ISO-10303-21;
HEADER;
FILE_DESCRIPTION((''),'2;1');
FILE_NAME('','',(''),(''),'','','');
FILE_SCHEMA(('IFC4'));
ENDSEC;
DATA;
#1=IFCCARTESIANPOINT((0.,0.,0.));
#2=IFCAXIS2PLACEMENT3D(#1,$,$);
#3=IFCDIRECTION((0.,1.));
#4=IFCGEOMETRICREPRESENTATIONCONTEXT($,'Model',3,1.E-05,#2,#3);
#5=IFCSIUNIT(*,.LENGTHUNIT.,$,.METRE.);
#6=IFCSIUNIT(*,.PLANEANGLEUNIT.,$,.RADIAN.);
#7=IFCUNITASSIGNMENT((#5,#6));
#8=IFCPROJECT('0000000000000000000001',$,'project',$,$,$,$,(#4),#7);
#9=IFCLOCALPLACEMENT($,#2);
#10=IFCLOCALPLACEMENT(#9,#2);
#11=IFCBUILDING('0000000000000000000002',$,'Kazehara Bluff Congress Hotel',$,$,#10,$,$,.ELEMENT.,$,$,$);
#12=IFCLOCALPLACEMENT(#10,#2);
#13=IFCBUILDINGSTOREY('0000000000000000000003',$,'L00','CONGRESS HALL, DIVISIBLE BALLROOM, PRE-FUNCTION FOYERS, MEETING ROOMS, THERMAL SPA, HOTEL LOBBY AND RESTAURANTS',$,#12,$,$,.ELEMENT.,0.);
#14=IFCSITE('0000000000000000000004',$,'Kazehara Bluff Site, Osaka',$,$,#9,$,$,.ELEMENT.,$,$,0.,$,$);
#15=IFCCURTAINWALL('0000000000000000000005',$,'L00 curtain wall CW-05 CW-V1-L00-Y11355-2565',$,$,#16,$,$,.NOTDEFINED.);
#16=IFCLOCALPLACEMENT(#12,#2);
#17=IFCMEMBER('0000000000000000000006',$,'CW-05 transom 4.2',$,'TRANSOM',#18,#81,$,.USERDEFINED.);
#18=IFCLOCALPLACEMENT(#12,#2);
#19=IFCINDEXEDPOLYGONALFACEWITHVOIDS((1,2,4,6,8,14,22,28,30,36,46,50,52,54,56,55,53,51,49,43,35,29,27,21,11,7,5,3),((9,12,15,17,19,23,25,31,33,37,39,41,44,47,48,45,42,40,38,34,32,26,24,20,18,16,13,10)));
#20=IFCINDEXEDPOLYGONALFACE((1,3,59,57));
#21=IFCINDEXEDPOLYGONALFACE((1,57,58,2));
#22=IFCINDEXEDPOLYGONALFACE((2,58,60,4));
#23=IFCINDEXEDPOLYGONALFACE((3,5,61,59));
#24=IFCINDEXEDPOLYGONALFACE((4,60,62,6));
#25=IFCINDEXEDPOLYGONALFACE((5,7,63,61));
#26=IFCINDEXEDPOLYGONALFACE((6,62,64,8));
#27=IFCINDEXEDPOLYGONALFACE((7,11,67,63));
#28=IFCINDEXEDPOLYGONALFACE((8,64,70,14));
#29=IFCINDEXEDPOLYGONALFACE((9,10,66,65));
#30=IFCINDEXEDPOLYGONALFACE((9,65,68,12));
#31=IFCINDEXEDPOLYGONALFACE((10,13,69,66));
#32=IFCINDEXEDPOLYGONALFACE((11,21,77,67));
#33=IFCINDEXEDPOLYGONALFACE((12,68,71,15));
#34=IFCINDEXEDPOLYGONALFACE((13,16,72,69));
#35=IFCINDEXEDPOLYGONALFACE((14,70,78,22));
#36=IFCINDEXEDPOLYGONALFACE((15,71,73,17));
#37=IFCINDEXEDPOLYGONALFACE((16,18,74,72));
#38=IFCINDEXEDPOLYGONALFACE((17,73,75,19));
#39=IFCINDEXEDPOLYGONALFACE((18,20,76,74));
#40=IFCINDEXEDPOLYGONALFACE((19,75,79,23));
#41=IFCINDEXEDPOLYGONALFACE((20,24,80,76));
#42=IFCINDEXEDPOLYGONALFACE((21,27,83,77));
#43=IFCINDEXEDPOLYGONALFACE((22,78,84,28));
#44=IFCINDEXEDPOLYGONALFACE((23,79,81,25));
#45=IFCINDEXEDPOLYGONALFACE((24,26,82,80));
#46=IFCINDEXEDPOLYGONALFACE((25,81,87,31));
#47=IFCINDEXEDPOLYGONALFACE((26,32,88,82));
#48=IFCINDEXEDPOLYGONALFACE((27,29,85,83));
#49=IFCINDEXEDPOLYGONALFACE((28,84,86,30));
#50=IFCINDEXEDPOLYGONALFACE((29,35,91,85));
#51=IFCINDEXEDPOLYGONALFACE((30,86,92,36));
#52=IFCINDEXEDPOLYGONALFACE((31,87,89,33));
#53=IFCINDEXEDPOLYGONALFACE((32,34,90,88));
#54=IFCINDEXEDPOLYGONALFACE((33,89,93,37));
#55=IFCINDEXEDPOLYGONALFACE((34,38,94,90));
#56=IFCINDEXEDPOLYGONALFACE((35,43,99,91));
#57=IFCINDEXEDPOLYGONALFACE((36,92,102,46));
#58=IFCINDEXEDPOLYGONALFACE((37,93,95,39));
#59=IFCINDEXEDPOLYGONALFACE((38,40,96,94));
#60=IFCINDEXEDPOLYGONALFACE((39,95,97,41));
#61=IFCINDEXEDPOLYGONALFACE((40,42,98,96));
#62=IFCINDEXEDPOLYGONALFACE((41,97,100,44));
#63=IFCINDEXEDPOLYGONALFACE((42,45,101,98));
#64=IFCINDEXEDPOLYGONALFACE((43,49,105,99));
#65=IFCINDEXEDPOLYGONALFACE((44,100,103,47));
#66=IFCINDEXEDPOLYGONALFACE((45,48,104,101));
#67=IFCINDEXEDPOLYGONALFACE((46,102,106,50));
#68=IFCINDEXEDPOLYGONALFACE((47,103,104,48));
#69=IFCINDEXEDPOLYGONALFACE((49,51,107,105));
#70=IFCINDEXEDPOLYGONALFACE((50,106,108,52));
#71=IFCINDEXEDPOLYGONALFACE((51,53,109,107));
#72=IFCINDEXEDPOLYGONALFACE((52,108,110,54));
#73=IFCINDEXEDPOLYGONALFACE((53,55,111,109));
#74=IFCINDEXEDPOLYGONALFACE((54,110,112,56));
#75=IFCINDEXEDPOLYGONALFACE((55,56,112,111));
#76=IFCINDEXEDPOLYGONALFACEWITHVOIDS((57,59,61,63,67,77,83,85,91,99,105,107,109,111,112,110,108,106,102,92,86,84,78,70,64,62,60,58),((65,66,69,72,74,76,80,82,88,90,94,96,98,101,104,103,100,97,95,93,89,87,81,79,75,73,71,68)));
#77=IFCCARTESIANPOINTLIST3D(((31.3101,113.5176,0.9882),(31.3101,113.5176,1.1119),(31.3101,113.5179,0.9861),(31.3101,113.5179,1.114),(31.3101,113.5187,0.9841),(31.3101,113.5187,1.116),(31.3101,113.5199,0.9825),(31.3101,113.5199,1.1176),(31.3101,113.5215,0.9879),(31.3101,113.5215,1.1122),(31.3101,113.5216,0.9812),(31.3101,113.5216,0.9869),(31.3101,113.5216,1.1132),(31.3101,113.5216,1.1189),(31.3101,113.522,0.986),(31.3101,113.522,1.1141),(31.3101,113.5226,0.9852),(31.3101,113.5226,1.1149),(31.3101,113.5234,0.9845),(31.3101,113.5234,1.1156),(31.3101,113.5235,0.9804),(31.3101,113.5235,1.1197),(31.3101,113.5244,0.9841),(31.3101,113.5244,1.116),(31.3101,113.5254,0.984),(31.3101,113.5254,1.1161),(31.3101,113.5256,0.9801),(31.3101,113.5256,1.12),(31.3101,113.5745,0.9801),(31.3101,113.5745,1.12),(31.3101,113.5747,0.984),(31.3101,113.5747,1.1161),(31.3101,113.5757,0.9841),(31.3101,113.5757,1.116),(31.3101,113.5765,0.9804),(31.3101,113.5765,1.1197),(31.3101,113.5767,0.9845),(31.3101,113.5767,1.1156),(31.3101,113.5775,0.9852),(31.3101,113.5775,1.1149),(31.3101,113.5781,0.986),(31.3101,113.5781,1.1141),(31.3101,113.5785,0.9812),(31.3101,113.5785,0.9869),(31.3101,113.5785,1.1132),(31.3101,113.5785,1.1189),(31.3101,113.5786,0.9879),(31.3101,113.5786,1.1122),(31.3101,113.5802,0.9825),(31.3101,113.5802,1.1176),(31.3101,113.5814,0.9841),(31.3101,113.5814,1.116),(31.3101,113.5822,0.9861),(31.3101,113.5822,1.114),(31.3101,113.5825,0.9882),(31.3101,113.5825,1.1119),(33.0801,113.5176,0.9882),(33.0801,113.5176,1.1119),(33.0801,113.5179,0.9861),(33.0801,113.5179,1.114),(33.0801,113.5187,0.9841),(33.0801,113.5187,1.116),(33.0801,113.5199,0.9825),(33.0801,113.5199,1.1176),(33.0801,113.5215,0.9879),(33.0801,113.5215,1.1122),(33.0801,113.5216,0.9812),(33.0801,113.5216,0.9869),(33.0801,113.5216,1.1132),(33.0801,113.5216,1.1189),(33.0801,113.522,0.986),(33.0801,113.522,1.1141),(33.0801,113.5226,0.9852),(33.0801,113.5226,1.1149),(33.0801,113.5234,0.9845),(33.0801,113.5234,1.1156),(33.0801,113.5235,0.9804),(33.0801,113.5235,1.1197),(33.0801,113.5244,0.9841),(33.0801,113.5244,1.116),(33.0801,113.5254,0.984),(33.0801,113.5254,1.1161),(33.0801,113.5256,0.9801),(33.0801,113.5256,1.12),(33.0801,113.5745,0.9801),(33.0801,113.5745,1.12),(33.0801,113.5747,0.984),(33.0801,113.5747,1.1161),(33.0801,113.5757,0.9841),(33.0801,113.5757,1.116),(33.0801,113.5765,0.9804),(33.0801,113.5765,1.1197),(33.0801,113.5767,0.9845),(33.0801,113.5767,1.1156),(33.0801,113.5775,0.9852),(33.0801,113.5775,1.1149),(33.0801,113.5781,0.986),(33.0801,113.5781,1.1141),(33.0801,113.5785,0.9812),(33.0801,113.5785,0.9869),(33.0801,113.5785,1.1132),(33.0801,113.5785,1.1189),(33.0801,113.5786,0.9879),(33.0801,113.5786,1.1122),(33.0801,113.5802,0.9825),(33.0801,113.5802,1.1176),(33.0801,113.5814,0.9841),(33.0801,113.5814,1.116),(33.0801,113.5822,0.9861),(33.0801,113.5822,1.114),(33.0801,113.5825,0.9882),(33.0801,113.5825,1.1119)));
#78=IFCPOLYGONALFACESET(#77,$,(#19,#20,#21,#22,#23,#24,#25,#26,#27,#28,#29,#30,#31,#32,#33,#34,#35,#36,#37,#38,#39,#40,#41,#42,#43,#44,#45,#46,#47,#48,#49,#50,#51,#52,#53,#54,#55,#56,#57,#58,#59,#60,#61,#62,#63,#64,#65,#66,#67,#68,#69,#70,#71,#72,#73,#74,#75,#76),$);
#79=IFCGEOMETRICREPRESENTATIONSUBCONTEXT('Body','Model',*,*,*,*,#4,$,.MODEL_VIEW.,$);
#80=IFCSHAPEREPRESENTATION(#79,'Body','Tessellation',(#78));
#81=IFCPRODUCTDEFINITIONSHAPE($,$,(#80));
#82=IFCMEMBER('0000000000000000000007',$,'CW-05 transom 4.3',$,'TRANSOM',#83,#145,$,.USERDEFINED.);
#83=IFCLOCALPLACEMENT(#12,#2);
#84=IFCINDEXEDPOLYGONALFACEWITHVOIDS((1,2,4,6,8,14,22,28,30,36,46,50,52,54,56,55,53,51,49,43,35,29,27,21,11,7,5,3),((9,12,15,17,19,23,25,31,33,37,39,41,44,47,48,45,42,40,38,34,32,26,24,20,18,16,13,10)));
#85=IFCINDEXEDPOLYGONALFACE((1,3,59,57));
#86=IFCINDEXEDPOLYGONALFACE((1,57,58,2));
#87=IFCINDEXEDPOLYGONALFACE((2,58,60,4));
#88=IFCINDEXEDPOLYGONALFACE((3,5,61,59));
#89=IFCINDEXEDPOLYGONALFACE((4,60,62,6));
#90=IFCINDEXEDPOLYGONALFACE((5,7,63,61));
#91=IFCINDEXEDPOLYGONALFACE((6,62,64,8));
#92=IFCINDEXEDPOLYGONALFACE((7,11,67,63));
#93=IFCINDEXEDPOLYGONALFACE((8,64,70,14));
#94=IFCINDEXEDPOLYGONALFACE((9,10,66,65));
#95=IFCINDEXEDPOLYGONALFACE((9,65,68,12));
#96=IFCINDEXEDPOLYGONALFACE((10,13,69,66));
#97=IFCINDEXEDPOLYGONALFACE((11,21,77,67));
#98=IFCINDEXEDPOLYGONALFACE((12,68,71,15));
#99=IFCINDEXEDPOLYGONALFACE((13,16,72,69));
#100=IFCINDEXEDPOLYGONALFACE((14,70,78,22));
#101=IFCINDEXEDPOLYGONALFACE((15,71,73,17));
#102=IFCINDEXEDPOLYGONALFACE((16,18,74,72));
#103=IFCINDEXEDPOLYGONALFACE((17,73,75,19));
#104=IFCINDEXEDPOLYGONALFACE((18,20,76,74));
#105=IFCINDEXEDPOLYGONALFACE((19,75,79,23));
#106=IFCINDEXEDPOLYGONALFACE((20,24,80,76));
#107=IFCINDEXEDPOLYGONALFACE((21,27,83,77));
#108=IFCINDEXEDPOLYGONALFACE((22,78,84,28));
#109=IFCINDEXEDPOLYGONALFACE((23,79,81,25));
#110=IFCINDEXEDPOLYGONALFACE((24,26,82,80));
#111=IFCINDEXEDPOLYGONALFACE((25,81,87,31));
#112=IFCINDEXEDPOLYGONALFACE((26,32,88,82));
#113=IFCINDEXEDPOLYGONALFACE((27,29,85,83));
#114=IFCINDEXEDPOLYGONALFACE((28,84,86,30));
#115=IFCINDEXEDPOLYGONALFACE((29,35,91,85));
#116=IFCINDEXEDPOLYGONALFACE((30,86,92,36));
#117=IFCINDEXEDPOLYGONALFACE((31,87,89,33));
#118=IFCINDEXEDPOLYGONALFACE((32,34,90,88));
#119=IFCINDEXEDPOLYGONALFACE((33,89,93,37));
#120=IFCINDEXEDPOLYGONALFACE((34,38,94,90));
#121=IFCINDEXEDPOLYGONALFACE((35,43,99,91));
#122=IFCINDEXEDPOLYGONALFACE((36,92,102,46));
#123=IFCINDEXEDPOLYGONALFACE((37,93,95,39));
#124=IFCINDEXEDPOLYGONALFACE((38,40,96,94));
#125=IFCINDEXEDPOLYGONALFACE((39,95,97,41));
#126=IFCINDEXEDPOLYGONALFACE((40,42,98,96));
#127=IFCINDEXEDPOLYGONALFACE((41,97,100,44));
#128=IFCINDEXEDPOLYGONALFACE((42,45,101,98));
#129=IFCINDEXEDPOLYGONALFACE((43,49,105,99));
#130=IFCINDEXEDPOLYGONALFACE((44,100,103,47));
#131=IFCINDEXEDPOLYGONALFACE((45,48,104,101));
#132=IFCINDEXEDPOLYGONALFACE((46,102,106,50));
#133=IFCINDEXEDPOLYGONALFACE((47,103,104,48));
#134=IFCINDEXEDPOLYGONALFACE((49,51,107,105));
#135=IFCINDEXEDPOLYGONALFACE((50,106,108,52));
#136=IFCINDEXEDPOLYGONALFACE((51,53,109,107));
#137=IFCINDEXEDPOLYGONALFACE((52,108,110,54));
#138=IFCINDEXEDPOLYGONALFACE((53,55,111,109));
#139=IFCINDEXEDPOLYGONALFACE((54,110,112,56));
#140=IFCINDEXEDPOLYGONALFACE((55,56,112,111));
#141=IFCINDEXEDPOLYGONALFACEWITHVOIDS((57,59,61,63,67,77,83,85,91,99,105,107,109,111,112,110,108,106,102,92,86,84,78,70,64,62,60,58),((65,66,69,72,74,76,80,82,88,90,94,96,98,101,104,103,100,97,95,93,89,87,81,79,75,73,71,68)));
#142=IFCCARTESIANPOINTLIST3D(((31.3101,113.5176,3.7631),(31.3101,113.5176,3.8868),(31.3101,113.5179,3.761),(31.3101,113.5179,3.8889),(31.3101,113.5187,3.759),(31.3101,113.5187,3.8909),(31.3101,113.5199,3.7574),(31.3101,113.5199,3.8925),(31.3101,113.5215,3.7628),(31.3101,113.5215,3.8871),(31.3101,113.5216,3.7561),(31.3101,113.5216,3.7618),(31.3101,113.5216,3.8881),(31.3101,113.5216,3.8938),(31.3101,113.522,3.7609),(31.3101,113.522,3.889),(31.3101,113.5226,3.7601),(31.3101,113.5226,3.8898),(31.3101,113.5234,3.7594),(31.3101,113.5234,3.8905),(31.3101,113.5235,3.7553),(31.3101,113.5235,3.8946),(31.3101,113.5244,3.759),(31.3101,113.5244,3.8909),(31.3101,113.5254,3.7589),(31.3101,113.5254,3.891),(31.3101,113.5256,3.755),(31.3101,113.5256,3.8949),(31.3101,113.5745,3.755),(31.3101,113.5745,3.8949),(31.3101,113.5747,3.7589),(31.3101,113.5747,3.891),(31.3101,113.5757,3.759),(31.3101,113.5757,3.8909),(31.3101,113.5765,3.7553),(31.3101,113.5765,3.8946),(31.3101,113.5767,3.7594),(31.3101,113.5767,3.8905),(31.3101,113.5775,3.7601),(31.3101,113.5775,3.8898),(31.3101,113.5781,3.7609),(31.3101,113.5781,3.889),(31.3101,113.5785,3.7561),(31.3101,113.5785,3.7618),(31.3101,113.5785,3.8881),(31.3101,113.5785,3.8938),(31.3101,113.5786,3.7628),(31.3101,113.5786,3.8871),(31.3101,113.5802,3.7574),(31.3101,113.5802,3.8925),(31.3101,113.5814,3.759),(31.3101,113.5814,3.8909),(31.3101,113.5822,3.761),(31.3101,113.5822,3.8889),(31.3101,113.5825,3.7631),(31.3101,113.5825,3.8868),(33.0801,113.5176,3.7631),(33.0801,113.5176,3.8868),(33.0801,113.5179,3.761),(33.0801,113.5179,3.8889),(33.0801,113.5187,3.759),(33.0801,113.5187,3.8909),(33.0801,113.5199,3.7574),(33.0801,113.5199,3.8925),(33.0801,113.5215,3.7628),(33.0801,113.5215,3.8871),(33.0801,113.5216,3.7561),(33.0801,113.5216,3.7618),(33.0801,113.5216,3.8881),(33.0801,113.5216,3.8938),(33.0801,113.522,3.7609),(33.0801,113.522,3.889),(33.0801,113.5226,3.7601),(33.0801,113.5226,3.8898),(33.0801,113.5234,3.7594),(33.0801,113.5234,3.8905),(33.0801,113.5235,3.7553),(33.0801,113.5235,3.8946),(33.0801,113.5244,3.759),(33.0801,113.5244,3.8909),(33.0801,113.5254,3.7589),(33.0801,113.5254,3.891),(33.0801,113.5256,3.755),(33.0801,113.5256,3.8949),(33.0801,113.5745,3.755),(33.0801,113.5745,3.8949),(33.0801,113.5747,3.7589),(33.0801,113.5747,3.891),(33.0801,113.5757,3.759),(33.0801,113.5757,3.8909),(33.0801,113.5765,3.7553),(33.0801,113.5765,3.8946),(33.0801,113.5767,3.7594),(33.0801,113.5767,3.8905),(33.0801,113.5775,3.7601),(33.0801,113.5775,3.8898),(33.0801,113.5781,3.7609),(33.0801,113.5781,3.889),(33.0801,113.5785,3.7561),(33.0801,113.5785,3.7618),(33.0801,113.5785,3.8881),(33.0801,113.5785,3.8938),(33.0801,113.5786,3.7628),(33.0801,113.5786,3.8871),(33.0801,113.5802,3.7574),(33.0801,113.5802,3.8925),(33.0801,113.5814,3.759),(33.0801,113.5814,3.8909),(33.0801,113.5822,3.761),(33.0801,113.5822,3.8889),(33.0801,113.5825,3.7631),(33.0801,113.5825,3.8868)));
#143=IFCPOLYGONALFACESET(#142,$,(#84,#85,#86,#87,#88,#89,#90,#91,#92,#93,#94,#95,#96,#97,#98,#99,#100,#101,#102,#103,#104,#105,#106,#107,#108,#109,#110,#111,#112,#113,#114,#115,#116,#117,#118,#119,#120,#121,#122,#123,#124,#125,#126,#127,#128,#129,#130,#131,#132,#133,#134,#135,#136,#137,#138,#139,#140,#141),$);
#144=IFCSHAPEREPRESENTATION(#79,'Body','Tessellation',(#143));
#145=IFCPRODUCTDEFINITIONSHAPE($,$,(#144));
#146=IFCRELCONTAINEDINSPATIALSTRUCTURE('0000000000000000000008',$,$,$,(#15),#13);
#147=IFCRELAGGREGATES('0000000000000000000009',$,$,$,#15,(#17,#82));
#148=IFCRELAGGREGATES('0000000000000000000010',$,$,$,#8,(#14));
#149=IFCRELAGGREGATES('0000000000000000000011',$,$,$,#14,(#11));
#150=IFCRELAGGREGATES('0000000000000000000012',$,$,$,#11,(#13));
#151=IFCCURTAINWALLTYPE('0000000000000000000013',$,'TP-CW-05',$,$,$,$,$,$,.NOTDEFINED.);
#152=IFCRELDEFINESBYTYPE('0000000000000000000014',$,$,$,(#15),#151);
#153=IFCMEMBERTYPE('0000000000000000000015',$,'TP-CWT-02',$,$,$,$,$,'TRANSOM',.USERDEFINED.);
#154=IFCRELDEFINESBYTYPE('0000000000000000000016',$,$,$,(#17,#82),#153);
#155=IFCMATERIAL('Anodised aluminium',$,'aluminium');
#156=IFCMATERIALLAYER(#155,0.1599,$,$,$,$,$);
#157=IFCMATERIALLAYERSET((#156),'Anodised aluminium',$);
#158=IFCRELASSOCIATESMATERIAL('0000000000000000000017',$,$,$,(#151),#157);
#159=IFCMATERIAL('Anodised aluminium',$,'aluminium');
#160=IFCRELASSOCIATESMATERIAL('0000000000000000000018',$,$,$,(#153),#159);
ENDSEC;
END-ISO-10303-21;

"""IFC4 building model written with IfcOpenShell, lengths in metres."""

from ifc_helpers import new_model, si_unit, direction, frame, origin, origin_2d, place, context, subcontext, project, spatial, hollow_rectangle, extrude, material, layer, layer_set, material_profile, profile_set, type_object, element, aggregate, save


model = new_model("IFC4")

# Units and contexts
model_context = context("Model", 3, precision=1e-05, world=origin(), true_north=direction((0.0, 1.0)))
body_context = subcontext(model_context, "Body", "Model", "MODEL_VIEW")
ifc_project = project(units=[si_unit("LENGTHUNIT", "METRE"), si_unit("PLANEANGLEUNIT", "RADIAN")], contexts=[model_context])

# Site, building, storey
site_placement = place(None, origin())
site = spatial("IfcSite", under=ifc_project, at=site_placement, Name="Kazehara Bluff Site, Osaka", CompositionType="ELEMENT", RefElevation=0.0)
building_placement = place(site_placement, origin())
building = spatial("IfcBuilding", under=site, at=building_placement, Name="Kazehara Bluff Congress Hotel", CompositionType="ELEMENT")
storey_placement = place(building_placement, origin())
storey = spatial("IfcBuildingStorey", under=building, at=storey_placement, Name="L00", Description="CONGRESS HALL, DIVISIBLE BALLROOM, PRE-FUNCTION FOYERS, MEETING ROOMS, THERMAL SPA, HOTEL LOBBY AND RESTAURANTS", CompositionType="ELEMENT", Elevation=0.0)

# Curtain wall
ifc_material_1 = material(Name="Anodised aluminium", Category="aluminium")
ifc_layer_1 = layer(ifc_material_1, 0.1599)
ifc_layer_set_1 = layer_set([ifc_layer_1], Name="Anodised aluminium")
curtain_wall_type = type_object("IfcCurtainWallType", Name="TP-CW-05", PredefinedType="NOTDEFINED", material=ifc_layer_set_1)
curtain_wall_1_placement = place(storey_placement, origin())
curtain_wall_1 = element("IfcCurtainWall", 1, at=curtain_wall_1_placement, inside=storey, type_object=curtain_wall_type, Name="L00 curtain wall CW-05 CW-V1-L00-Y11355-2565", PredefinedType="NOTDEFINED")

# Members
ifc_material_2 = material(Name="Anodised aluminium", Category="aluminium")
ifc_material_profile_1 = material_profile(ifc_material_2, hollow_rectangle(XDim=0.0649, YDim=0.1399, WallThickness=0.0039, InnerFilletRadius=0.0039, OuterFilletRadius=0.0081, at=origin_2d()))
ifc_profile_set_1 = profile_set([ifc_material_profile_1], Name="Anodised aluminium")
member_type_1 = type_object("IfcMemberType", Name="TP-CWT-02", ElementType="TRANSOM", PredefinedType="USERDEFINED", material=ifc_profile_set_1)
member_1_placement = place(storey_placement, frame((31.3101, 113.55, 1.05), z_axis=(1.0, 0.0, 0.0), x_axis=(0.0, 1.0, 0.0)))
member_1 = element("IfcMember", 2, at=member_1_placement, type_object=member_type_1, Name="CW-05 transom 4.2", ObjectType="TRANSOM", PredefinedType="USERDEFINED", context=body_context, shape_type="SweptSolid", body=[
    extrude(hollow_rectangle(XDim=0.0649, YDim=0.1399, WallThickness=0.0039, InnerFilletRadius=0.0039, OuterFilletRadius=0.0081, at=origin_2d()), origin(), (0.0, 0.0, 1.0), 1.77),
])
member_2_placement = place(storey_placement, frame((31.3101, 113.55, 3.825), z_axis=(1.0, 0.0, 0.0), x_axis=(0.0, 1.0, 0.0)))
member_2 = element("IfcMember", 3, at=member_2_placement, type_object=member_type_1, Name="CW-05 transom 4.3", ObjectType="TRANSOM", PredefinedType="USERDEFINED", context=body_context, shape_type="SweptSolid", body=[
    extrude(hollow_rectangle(XDim=0.0649, YDim=0.1399, WallThickness=0.0039, InnerFilletRadius=0.0039, OuterFilletRadius=0.0081, at=origin_2d()), origin(), (0.0, 0.0, 1.0), 1.77),
])

aggregate(curtain_wall_1, [member_1, member_2])

save(model, "model.ifc")
